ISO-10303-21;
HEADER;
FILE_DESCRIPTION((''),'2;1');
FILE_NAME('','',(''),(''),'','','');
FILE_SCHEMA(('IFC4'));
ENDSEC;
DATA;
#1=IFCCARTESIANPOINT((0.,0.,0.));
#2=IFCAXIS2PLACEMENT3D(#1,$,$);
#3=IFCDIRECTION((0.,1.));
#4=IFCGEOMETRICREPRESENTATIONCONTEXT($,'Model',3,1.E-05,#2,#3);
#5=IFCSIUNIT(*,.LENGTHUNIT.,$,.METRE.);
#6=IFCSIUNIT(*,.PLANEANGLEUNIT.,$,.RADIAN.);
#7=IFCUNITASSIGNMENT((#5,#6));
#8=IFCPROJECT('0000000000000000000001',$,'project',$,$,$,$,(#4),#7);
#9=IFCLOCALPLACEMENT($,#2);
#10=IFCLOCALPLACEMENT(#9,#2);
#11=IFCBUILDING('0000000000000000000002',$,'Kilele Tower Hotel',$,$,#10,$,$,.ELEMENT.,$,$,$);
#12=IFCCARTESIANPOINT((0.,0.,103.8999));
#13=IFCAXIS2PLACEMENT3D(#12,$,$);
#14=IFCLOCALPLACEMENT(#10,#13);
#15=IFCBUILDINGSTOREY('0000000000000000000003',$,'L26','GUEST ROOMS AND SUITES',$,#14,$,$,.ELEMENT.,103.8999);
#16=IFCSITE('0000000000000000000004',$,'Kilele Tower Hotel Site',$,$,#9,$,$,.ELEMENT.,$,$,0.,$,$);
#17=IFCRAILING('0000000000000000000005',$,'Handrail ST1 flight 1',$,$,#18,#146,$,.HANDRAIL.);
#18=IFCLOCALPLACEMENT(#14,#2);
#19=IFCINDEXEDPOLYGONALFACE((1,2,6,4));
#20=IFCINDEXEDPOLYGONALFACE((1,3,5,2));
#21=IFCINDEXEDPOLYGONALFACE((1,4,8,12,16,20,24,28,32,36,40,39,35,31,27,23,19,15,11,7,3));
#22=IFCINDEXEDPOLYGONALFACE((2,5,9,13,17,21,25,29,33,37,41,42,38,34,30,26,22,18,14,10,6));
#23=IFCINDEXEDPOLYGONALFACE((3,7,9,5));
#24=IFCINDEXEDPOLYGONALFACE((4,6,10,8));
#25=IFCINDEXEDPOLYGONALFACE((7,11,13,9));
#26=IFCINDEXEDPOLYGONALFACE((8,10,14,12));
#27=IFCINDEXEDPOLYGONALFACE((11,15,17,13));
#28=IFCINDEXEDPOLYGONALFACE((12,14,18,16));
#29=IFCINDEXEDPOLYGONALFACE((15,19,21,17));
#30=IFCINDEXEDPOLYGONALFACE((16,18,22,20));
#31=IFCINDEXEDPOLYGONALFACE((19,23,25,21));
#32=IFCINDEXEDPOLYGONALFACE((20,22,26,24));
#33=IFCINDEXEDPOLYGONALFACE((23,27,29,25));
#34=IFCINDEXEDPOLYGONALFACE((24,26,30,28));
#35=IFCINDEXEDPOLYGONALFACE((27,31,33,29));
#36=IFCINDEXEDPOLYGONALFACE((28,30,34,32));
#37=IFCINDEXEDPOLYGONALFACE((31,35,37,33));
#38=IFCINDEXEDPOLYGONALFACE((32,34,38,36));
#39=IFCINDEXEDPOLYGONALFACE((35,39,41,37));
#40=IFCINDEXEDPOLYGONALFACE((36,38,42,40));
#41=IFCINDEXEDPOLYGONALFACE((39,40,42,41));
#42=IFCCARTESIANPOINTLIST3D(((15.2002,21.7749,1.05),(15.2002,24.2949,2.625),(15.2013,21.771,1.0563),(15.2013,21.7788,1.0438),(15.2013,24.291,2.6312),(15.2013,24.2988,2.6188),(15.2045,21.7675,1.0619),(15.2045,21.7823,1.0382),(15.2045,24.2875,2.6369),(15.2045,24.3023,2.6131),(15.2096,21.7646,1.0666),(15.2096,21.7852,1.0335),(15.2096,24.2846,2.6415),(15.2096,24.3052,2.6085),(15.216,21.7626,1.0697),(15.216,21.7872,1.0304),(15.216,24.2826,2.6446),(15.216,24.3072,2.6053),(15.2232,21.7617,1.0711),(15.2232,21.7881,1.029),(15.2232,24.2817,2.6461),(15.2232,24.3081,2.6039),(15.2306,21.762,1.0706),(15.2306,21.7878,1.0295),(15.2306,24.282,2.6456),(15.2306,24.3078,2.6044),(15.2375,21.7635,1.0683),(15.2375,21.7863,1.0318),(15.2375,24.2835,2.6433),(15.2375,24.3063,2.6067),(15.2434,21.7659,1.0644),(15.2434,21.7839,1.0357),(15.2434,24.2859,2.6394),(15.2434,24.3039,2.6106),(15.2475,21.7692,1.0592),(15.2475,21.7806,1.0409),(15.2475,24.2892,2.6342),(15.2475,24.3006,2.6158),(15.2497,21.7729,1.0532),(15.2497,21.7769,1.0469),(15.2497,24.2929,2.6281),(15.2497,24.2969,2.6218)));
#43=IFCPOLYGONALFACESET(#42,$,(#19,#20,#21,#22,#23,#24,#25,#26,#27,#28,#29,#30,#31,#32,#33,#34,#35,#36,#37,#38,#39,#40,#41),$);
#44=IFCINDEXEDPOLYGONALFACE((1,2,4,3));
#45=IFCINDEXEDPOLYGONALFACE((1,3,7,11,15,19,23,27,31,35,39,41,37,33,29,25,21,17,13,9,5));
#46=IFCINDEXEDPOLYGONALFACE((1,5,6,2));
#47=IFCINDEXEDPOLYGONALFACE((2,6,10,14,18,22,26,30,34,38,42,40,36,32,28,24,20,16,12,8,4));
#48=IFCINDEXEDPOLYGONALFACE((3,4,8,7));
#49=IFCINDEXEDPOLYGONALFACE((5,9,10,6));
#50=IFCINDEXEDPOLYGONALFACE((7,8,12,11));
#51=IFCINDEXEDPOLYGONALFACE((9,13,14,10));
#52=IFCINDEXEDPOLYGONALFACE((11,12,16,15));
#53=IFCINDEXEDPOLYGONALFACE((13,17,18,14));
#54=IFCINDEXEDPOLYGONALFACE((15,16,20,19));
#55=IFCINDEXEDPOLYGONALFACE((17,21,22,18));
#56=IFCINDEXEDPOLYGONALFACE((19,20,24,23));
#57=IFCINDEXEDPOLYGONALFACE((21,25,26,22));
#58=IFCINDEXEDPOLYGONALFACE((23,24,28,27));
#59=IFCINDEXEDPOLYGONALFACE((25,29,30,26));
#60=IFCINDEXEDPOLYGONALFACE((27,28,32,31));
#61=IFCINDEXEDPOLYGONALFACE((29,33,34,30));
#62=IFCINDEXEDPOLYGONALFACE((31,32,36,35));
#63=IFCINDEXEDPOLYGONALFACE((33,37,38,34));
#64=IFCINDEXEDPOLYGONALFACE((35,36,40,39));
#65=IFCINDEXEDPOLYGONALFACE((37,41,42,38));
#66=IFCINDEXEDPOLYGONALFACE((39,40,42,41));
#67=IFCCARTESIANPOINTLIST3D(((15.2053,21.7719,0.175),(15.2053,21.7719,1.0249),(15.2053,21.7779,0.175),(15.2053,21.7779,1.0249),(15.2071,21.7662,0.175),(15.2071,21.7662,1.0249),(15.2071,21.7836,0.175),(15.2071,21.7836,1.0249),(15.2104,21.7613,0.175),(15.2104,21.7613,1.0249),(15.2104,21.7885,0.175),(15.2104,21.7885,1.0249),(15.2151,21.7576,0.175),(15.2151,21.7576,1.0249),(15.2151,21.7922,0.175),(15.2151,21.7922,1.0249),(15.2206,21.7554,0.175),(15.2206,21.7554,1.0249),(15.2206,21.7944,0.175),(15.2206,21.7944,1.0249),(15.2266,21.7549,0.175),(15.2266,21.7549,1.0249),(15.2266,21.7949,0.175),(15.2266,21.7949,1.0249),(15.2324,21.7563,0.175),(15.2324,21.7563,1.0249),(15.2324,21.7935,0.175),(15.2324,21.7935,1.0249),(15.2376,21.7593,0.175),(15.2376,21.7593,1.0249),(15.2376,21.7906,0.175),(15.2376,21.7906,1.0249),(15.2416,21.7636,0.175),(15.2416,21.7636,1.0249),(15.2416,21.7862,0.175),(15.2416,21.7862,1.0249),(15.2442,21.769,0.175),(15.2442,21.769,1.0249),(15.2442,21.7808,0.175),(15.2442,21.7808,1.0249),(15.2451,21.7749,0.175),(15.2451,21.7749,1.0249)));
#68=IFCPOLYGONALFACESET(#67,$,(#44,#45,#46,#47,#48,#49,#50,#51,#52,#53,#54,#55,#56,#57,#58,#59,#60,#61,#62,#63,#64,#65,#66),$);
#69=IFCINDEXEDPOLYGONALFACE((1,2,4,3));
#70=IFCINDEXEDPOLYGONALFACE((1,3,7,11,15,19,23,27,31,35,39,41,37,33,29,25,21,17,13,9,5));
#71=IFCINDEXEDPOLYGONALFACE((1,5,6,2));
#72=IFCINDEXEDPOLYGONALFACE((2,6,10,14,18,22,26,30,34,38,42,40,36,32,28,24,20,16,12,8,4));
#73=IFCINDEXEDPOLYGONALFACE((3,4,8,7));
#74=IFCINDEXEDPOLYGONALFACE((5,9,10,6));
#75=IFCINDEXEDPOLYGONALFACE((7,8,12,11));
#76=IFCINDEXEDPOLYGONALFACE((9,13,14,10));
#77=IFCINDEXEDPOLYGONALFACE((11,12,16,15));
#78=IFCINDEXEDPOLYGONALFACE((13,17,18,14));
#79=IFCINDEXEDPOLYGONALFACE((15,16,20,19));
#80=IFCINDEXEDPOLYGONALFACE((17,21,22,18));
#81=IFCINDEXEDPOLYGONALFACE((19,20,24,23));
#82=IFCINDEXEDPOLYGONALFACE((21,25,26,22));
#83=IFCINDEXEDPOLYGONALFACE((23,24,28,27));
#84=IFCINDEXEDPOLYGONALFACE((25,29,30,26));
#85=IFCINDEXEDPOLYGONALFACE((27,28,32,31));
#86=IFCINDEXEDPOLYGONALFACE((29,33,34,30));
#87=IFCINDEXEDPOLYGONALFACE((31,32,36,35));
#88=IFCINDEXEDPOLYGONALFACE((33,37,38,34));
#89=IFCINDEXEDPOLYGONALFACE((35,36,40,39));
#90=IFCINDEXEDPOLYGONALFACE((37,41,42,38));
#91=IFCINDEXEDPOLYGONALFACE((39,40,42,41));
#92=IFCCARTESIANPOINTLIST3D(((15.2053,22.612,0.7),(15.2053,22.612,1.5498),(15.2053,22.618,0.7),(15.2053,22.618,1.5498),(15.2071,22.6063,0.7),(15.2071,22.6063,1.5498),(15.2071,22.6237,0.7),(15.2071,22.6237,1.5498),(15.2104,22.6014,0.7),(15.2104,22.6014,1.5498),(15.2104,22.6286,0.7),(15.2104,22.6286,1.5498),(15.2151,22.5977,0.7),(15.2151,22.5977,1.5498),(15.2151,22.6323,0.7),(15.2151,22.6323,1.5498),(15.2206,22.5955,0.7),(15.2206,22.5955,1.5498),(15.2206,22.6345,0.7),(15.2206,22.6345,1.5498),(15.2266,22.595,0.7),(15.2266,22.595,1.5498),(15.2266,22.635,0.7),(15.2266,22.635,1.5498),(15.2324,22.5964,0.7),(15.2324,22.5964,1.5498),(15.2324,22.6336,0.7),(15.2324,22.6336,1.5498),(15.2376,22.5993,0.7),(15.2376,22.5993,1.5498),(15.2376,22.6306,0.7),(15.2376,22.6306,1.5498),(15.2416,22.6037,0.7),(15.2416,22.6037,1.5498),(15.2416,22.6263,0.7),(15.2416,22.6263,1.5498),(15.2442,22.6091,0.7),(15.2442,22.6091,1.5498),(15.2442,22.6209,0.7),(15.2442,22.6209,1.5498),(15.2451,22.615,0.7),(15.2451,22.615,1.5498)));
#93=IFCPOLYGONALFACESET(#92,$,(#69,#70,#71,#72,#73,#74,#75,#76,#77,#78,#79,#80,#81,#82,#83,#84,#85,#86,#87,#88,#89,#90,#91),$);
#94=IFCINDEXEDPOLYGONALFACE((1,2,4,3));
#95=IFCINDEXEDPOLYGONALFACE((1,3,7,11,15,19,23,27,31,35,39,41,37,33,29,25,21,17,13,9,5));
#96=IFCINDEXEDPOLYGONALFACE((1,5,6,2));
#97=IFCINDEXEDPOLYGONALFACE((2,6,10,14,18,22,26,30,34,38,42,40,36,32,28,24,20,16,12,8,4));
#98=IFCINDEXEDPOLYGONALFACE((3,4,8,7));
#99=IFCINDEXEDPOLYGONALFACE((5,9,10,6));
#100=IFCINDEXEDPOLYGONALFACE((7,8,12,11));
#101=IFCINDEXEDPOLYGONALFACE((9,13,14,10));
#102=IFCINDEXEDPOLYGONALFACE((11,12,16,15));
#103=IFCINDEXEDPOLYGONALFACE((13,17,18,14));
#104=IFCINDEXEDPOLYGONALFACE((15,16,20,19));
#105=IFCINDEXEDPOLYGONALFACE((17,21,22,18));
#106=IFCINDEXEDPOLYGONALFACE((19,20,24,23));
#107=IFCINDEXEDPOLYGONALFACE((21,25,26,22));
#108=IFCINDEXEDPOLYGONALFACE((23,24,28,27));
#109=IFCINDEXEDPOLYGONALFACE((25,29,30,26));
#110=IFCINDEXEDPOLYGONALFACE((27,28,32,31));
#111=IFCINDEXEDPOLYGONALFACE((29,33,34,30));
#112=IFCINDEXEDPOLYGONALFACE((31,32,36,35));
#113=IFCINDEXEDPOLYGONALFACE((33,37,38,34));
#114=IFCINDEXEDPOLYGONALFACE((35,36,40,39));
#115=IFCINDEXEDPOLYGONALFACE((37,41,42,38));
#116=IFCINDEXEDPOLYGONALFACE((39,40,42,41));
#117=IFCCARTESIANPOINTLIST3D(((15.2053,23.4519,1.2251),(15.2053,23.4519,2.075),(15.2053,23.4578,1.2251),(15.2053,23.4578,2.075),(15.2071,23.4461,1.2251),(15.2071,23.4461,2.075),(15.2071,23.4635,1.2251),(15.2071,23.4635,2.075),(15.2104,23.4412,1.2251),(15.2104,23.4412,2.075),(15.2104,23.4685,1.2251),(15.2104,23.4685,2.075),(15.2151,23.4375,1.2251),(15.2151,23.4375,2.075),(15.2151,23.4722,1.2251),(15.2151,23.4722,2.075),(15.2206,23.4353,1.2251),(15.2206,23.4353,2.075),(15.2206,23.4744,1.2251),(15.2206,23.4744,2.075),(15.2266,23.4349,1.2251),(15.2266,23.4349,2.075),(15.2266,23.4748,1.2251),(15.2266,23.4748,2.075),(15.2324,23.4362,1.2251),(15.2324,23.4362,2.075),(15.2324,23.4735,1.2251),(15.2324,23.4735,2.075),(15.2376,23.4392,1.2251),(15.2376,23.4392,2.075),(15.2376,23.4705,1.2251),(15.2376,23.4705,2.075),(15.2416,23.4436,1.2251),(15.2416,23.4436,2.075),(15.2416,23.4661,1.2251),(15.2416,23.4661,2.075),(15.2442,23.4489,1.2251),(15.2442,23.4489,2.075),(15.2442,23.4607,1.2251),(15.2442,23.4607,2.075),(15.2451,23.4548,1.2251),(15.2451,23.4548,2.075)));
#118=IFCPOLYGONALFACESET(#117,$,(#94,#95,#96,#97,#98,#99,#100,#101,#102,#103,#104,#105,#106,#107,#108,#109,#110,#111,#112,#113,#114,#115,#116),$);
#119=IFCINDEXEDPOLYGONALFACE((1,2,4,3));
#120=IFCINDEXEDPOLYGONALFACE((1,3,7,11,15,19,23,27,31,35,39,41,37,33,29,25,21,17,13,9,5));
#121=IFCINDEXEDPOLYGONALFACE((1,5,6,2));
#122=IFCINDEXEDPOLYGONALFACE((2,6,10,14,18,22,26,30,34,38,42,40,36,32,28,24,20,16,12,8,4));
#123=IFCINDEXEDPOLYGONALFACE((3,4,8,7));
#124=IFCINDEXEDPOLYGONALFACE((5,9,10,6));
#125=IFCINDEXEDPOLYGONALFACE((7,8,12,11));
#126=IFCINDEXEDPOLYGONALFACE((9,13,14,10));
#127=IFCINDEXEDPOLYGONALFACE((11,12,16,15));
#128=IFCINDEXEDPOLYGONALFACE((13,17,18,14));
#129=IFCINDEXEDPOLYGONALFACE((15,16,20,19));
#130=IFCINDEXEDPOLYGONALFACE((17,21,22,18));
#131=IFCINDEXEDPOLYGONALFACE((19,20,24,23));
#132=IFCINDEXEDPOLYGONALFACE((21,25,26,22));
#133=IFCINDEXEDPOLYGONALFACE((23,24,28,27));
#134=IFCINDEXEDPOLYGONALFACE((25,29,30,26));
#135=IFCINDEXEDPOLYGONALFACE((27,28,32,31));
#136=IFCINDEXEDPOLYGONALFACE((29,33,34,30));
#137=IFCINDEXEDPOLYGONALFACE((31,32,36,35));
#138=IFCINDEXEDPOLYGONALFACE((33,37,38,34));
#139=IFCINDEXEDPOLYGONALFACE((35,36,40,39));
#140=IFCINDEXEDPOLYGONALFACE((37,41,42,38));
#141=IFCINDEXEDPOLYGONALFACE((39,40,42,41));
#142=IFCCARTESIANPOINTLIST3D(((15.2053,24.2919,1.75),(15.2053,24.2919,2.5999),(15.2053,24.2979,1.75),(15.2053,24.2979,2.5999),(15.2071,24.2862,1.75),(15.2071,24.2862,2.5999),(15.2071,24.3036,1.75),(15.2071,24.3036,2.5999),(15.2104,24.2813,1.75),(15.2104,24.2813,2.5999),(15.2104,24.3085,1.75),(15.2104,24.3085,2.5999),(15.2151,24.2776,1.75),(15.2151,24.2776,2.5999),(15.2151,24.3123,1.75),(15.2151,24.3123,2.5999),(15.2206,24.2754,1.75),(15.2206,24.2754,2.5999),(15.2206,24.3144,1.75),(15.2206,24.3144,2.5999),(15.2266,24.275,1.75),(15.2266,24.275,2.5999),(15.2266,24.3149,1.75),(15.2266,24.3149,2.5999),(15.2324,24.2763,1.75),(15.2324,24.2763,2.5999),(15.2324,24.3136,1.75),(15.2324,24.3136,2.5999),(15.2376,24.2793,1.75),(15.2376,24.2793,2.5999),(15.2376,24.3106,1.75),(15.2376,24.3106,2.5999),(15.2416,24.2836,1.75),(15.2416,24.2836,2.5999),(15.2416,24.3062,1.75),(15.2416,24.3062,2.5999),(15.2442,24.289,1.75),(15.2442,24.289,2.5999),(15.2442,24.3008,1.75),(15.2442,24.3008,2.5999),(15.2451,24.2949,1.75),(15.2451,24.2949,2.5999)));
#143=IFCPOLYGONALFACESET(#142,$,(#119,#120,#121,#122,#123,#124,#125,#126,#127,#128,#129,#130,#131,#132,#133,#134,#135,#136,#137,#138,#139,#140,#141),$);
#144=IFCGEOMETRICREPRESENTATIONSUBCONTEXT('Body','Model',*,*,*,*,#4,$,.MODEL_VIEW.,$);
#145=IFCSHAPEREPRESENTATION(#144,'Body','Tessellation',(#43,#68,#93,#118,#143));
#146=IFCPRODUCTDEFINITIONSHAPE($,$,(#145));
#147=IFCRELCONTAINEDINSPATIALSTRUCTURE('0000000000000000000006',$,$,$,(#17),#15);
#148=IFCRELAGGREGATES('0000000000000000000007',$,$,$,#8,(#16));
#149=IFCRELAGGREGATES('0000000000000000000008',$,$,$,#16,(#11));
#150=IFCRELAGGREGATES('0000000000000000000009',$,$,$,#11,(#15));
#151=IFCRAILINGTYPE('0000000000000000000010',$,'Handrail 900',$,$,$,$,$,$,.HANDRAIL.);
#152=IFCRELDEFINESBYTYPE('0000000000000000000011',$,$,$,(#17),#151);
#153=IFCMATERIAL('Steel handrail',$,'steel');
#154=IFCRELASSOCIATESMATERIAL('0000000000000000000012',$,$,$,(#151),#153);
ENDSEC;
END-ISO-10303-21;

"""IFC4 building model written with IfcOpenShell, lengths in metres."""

from ifc_helpers import new_model, si_unit, direction, frame, origin, origin_2d, place, context, subcontext, project, spatial, circle, extrude, material, type_object, element, save


model = new_model("IFC4")

# Units and contexts
model_context = context("Model", 3, precision=1e-05, world=origin(), true_north=direction((0.0, 1.0)))
body_context = subcontext(model_context, "Body", "Model", "MODEL_VIEW")
ifc_project = project(units=[si_unit("LENGTHUNIT", "METRE"), si_unit("PLANEANGLEUNIT", "RADIAN")], contexts=[model_context])

# Site, building, storey
site_placement = place(None, origin())
site = spatial("IfcSite", under=ifc_project, at=site_placement, Name="Kilele Tower Hotel Site", CompositionType="ELEMENT", RefElevation=0.0)
building_placement = place(site_placement, origin())
building = spatial("IfcBuilding", under=site, at=building_placement, Name="Kilele Tower Hotel", CompositionType="ELEMENT")
storey_placement = place(building_placement, frame((0.0, 0.0, 103.8999)))
storey = spatial("IfcBuildingStorey", under=building, at=storey_placement, Name="L26", Description="GUEST ROOMS AND SUITES", CompositionType="ELEMENT", Elevation=103.8999)

# Railing
ifc_material_1 = material(Name="Steel handrail", Category="steel")
railing_type_1 = type_object("IfcRailingType", Name="Handrail 900", PredefinedType="HANDRAIL", material=ifc_material_1)
for number, where, name in (
    (1, (15.2251, 21.7749, 0.175), "Handrail ST1 flight 1"),
):
    element("IfcRailing", number, at=place(storey_placement, frame(where)), inside=storey, type_object=railing_type_1, Name=name, PredefinedType="HANDRAIL", context=body_context, shape_type="SweptSolid", body=[
        extrude(circle(Radius=0.0249, at=origin_2d()), frame((0.0, 0.0, 0.875), z_axis=(0.0, 0.848008, 0.529984), x_axis=(-1.0, 0.0, 0.0)), (0.0, 0.0, 1.0), 2.9717),
        extrude(circle(Radius=0.02, at=origin_2d()), origin(), (0.0, 0.0, 1.0), 0.8499),
        extrude(circle(Radius=0.02, at=origin_2d()), frame((0.0, 0.8401, 0.5249)), (0.0, 0.0, 1.0), 0.8499),
        extrude(circle(Radius=0.02, at=origin_2d()), frame((0.0, 1.6799, 1.05)), (0.0, 0.0, 1.0), 0.8499),
        extrude(circle(Radius=0.02, at=origin_2d()), frame((0.0, 2.52, 1.575)), (0.0, 0.0, 1.0), 0.8499),
    ])

save(model, "model.ifc")
